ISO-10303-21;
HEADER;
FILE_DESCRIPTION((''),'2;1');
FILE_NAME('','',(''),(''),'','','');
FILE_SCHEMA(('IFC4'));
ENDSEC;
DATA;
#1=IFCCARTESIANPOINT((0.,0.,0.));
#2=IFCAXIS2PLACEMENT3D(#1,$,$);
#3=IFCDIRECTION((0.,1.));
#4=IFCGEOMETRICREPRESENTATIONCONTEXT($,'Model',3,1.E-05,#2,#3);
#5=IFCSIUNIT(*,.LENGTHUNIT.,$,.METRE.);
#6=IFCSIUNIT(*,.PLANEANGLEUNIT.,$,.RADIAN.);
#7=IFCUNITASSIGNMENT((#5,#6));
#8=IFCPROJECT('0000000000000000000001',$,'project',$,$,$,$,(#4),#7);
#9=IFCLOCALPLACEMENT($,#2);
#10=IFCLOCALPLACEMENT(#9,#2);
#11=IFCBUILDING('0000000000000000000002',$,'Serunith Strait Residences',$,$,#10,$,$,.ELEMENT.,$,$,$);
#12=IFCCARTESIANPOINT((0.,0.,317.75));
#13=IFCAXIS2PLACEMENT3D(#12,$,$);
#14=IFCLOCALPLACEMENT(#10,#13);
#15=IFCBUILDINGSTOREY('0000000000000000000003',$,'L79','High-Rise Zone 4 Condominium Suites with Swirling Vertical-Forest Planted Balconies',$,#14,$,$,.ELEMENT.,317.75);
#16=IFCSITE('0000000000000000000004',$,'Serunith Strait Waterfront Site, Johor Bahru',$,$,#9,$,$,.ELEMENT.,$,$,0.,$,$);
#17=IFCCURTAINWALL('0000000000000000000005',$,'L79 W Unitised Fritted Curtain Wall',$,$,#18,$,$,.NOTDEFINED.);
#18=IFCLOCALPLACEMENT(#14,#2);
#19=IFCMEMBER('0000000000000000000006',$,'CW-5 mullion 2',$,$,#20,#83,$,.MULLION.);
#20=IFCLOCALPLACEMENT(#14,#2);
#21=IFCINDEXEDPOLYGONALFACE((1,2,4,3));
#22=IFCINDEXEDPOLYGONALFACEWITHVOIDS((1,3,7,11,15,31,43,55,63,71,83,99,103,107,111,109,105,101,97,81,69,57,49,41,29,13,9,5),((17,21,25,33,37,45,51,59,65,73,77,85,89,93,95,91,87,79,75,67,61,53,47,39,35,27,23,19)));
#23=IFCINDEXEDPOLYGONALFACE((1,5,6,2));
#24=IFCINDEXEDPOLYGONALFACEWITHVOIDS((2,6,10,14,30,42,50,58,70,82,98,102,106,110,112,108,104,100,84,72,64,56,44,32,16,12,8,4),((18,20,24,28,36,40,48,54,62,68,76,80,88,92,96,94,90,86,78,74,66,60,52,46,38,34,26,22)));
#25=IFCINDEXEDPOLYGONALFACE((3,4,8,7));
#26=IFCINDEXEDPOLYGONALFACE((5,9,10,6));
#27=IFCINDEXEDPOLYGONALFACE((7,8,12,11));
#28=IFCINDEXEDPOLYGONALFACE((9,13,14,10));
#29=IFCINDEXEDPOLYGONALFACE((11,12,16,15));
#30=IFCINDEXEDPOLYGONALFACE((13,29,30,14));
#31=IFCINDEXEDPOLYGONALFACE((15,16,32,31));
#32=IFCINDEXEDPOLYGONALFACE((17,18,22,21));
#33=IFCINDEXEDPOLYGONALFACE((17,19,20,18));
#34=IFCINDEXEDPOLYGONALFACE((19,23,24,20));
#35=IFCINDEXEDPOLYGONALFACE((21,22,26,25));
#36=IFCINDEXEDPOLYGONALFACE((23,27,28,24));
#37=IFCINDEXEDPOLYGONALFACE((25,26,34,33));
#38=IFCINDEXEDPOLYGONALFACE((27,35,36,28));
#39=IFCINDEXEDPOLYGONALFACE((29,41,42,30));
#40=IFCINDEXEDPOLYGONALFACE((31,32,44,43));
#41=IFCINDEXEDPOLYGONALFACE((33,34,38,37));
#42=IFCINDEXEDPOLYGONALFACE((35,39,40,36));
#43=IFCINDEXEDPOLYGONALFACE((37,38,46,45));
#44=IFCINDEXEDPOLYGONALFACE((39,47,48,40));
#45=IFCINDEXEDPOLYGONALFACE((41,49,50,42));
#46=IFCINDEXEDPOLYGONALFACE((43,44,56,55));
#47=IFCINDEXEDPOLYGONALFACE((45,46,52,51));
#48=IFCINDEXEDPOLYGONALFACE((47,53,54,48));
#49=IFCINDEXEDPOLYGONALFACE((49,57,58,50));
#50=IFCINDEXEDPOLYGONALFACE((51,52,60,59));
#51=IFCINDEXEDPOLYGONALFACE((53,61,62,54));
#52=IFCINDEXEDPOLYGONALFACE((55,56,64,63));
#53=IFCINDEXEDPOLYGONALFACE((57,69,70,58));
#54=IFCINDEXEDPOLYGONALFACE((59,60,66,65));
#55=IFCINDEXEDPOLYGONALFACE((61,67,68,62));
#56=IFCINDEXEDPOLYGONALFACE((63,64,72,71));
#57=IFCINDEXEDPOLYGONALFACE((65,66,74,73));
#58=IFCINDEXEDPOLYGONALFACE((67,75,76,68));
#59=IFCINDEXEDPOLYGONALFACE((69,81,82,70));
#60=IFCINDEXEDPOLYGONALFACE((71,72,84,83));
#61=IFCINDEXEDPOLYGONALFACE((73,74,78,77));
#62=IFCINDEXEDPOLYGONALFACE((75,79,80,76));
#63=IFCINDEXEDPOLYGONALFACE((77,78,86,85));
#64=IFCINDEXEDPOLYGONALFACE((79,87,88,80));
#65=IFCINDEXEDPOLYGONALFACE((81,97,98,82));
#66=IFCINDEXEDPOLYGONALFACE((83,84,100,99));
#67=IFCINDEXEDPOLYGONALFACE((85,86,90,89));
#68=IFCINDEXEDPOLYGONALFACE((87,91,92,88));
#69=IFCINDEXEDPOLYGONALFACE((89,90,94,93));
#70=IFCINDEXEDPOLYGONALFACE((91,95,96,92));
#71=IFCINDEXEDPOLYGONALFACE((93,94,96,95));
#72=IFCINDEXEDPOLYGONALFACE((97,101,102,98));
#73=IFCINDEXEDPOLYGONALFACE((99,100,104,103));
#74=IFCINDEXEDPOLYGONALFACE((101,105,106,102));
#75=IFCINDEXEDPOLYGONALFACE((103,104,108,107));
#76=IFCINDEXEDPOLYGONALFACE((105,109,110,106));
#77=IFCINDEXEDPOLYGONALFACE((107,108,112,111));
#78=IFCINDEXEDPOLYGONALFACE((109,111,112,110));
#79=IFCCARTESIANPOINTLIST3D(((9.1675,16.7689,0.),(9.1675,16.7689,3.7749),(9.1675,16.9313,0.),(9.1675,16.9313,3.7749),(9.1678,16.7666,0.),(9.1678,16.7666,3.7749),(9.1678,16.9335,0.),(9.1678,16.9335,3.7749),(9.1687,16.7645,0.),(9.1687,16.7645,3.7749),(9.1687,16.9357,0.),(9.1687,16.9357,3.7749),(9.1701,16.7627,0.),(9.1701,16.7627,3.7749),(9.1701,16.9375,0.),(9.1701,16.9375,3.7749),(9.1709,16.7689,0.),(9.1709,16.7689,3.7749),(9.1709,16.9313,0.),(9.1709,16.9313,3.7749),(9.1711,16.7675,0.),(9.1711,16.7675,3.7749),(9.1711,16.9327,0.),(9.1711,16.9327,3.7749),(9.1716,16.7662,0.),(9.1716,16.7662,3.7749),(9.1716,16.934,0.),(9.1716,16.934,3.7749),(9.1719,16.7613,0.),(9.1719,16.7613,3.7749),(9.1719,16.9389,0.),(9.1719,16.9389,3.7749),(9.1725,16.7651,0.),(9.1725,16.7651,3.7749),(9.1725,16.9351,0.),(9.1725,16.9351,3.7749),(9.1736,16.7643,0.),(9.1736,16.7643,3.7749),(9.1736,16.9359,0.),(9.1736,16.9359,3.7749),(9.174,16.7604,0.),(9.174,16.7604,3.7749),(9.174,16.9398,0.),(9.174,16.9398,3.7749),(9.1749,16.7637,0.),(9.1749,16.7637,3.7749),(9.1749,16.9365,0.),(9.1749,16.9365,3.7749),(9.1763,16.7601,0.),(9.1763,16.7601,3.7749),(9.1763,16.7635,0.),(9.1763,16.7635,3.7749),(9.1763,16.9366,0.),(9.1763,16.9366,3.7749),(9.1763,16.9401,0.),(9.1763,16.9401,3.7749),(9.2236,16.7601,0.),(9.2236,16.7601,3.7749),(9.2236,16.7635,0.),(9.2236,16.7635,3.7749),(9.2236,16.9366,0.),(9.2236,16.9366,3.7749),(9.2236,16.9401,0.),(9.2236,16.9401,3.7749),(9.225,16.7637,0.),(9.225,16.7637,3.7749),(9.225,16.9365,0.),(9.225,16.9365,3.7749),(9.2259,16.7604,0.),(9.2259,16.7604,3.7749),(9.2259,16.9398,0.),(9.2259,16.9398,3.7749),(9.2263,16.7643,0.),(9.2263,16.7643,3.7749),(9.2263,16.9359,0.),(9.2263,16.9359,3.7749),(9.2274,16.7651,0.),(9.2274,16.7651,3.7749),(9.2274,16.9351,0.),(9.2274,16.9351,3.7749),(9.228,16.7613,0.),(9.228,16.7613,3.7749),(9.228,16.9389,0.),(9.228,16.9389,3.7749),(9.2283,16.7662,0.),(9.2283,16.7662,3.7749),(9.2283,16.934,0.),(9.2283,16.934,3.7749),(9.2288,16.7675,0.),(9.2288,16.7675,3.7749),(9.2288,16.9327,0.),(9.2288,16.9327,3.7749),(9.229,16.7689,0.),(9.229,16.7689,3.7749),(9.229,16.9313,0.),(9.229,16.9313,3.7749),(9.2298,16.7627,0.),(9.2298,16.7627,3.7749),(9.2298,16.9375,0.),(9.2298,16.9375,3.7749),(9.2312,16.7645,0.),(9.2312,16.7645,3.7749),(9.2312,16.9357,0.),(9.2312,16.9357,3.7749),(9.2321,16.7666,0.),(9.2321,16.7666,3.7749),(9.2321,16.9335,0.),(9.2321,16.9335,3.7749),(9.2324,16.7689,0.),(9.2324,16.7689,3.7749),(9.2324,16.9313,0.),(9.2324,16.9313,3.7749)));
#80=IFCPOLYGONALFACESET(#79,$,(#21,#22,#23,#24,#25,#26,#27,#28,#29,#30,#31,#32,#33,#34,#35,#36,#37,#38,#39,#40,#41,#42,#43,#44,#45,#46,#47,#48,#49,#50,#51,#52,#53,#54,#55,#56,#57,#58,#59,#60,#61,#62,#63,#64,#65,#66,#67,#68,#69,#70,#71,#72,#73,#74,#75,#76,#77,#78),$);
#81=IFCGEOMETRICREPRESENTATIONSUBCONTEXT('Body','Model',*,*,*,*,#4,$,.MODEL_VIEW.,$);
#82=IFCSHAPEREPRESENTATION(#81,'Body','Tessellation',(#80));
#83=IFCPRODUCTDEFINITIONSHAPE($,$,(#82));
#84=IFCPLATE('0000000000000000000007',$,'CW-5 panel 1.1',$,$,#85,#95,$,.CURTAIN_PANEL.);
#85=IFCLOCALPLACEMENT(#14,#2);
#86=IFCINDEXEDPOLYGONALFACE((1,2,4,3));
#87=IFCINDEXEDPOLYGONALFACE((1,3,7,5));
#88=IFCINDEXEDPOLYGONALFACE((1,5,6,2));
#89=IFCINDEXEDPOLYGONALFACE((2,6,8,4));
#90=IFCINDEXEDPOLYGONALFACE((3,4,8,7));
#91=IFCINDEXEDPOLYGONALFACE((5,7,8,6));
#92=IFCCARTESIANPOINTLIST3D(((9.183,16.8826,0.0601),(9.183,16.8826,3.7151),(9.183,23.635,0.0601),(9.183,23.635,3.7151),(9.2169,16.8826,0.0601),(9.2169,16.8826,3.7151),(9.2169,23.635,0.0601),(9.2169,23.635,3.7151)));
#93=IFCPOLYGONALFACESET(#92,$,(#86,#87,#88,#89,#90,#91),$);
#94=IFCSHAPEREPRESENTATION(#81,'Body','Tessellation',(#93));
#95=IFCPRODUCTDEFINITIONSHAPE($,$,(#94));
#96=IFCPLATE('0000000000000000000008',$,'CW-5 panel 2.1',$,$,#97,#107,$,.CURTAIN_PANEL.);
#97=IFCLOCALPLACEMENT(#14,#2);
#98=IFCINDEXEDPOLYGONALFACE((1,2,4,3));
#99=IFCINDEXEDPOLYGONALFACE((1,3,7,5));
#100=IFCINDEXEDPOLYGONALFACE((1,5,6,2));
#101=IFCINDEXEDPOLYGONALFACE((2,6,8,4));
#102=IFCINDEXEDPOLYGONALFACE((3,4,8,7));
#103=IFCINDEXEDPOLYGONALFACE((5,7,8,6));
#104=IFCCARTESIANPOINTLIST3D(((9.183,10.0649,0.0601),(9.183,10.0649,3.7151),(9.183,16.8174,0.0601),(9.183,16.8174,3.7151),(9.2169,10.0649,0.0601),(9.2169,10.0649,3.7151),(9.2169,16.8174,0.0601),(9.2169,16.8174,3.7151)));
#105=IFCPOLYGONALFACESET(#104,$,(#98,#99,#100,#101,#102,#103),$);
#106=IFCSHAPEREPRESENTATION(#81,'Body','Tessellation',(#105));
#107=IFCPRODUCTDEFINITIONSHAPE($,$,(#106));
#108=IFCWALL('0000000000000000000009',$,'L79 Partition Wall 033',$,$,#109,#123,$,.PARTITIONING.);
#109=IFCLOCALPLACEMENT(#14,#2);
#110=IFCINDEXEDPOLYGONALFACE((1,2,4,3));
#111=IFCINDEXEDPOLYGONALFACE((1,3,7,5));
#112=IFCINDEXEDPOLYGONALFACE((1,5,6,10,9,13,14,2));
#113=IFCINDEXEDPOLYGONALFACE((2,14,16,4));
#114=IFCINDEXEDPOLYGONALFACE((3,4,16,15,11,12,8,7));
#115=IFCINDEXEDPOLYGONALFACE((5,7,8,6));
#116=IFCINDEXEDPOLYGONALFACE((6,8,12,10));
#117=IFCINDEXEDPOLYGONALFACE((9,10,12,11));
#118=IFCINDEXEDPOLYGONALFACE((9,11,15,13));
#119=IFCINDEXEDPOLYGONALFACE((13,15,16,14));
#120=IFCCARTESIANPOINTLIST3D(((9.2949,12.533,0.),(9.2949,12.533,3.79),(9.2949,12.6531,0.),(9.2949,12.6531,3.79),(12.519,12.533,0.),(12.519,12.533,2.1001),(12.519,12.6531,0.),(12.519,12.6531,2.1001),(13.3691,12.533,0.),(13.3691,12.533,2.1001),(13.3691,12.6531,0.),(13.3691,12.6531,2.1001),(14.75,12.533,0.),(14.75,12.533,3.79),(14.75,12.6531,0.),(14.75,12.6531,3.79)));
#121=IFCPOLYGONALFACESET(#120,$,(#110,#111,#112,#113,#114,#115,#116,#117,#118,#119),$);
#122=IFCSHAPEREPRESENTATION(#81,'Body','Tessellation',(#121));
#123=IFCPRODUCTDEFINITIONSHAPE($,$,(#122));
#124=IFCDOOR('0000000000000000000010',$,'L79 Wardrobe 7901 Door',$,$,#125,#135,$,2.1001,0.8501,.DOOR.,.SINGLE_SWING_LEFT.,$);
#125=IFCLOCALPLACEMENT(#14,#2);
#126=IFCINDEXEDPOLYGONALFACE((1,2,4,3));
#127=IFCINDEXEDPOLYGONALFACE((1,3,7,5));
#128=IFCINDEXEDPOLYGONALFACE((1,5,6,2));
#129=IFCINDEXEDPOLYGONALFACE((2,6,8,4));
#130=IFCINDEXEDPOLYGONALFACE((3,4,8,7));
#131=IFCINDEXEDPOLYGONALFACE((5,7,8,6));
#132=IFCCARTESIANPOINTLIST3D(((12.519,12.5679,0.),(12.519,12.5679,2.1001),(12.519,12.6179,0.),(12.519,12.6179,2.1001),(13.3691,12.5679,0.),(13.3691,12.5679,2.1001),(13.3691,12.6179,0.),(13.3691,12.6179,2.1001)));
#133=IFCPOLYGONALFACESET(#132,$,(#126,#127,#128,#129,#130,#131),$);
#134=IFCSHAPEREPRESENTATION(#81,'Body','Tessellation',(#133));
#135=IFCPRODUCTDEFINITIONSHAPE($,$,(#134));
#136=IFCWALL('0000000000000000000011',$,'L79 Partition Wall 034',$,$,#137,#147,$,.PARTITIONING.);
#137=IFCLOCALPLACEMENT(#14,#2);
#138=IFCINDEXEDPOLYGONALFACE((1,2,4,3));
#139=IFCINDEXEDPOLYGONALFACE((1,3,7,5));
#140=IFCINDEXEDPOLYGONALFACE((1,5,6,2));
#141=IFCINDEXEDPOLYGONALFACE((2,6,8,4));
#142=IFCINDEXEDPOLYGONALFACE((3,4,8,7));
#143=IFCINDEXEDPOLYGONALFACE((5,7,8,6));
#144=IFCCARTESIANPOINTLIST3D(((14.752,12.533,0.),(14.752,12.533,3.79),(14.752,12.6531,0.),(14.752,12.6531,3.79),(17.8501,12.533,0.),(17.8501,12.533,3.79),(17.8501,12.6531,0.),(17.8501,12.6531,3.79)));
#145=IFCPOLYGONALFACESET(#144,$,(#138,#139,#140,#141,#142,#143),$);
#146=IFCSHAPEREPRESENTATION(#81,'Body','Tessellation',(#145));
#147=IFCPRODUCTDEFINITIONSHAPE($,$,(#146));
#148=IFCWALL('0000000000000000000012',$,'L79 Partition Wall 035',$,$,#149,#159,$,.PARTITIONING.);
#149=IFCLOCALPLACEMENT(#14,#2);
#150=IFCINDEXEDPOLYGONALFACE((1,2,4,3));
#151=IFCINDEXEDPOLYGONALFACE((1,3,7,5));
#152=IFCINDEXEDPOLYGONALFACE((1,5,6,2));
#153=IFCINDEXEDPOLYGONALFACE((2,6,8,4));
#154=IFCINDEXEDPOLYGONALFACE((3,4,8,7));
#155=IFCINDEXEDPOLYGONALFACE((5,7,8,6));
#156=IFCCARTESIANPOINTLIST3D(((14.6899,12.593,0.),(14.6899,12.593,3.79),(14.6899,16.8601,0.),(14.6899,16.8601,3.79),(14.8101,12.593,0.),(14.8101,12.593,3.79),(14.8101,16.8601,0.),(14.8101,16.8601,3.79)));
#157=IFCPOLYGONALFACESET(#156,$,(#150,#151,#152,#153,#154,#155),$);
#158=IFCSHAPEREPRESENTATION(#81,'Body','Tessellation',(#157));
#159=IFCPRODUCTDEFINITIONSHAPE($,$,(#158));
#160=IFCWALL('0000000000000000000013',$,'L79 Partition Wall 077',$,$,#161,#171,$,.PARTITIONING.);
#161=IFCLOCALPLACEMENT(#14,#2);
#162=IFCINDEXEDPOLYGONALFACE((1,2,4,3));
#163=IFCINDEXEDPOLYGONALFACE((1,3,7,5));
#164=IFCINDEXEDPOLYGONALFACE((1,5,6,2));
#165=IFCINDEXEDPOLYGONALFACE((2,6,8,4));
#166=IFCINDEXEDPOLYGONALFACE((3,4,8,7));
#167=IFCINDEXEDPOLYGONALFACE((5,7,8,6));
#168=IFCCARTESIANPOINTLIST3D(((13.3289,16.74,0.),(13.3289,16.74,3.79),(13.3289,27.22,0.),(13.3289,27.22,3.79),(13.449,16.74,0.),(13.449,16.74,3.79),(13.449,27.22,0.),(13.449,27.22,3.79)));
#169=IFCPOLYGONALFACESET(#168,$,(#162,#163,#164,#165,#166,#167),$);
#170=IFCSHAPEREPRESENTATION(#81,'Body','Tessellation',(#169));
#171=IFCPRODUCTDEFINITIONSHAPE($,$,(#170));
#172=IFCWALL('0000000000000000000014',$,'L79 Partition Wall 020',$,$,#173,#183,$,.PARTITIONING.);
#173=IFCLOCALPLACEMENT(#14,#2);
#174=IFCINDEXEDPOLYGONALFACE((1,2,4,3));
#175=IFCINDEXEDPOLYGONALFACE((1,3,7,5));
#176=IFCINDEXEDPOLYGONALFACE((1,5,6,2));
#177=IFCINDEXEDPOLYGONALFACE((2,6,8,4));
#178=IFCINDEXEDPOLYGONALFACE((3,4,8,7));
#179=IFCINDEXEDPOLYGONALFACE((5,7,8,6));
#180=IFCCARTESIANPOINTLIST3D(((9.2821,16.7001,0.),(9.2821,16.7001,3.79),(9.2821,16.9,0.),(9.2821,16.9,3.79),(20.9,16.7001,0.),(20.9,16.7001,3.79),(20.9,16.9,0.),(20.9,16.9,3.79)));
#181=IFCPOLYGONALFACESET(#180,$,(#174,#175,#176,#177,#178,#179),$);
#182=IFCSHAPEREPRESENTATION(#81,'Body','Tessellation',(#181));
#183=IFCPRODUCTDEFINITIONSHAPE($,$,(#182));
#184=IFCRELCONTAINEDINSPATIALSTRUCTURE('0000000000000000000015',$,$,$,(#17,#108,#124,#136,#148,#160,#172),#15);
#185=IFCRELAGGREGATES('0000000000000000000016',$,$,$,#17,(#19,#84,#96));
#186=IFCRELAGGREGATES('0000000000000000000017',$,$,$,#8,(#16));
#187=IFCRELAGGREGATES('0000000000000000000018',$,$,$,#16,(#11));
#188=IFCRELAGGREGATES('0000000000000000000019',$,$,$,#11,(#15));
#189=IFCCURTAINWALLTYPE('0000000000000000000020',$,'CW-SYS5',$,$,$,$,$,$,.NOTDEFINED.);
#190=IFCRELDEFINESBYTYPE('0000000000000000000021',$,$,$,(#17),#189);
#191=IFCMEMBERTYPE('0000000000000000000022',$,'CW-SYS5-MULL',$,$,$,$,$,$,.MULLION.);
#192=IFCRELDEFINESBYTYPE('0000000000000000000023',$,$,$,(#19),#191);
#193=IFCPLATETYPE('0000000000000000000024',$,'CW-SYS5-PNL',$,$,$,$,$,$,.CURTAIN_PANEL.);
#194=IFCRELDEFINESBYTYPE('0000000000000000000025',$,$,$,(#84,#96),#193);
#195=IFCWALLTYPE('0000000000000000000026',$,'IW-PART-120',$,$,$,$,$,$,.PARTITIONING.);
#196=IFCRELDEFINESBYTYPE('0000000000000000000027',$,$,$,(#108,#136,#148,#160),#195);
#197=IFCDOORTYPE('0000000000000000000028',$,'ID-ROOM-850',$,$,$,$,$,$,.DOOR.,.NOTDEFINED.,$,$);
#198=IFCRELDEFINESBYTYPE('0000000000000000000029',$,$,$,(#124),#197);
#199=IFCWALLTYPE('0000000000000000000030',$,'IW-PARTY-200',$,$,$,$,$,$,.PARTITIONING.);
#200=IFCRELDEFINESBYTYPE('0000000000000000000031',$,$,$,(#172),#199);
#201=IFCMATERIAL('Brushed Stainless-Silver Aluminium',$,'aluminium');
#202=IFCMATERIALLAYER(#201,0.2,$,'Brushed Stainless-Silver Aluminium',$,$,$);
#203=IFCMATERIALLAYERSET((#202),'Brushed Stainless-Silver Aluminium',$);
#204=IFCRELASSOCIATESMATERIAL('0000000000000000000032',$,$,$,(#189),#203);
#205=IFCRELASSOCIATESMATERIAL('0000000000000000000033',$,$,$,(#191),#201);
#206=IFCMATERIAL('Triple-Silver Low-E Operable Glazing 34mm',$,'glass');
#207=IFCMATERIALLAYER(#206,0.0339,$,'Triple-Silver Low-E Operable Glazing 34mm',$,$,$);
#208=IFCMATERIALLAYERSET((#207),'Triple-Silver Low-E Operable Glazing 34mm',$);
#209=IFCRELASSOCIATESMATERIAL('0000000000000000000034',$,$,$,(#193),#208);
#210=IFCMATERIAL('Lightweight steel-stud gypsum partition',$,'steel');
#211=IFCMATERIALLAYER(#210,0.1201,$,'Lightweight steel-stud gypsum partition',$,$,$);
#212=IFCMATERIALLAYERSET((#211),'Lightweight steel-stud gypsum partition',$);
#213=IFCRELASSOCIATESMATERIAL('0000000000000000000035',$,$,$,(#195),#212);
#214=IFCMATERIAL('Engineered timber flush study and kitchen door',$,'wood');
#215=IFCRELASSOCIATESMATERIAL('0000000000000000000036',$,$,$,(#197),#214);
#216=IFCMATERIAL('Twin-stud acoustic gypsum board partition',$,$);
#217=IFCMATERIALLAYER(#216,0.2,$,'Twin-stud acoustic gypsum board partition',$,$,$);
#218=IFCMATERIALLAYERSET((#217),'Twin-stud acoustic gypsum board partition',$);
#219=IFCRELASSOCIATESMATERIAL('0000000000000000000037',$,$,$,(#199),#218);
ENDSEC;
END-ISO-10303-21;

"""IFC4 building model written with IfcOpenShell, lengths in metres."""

from ifc_helpers import new_model, si_unit, direction, frame, frame_2d, origin, origin_2d, place, context, subcontext, project, spatial, rectangle, hollow_rectangle, extrude, source, transform, mapped, material, layer, layer_set, material_profile, profile_set, type_object, element, fill, aggregate, save


model = new_model("IFC4")

# Units and contexts
model_context = context("Model", 3, precision=1e-05, world=origin(), true_north=direction((0.0, 1.0)))
body_context = subcontext(model_context, "Body", "Model", "MODEL_VIEW")
ifc_project = project(units=[si_unit("LENGTHUNIT", "METRE"), si_unit("PLANEANGLEUNIT", "RADIAN")], contexts=[model_context])

# Site, building, storey
site_placement = place(None, origin())
site = spatial("IfcSite", under=ifc_project, at=site_placement, Name="Serunith Strait Waterfront Site, Johor Bahru", CompositionType="ELEMENT", RefElevation=0.0)
building_placement = place(site_placement, origin())
building = spatial("IfcBuilding", under=site, at=building_placement, Name="Serunith Strait Residences", CompositionType="ELEMENT")
storey_placement = place(building_placement, frame((0.0, 0.0, 317.75)))
storey = spatial("IfcBuildingStorey", under=building, at=storey_placement, Name="L79", Description="High-Rise Zone 4 Condominium Suites with Swirling Vertical-Forest Planted Balconies", CompositionType="ELEMENT", Elevation=317.75)

# Curtain wall, member, plates
ifc_material_1 = material(Name="Brushed Stainless-Silver Aluminium", Category="aluminium")
ifc_layer_1 = layer(ifc_material_1, 0.2, Name="Brushed Stainless-Silver Aluminium")
ifc_layer_set_1 = layer_set([ifc_layer_1], Name="Brushed Stainless-Silver Aluminium")
curtain_wall_type = type_object("IfcCurtainWallType", Name="CW-SYS5", PredefinedType="NOTDEFINED", material=ifc_layer_set_1)
curtain_wall_placement = place(storey_placement, origin())
curtain_wall = element("IfcCurtainWall", 1, at=curtain_wall_placement, inside=storey, type_object=curtain_wall_type, Name="L79 W Unitised Fritted Curtain Wall", PredefinedType="NOTDEFINED")
ifc_material_profile_1 = material_profile(ifc_material_1, hollow_rectangle(XDim=0.0649, YDim=0.1799, WallThickness=0.0034, InnerFilletRadius=0.0054, OuterFilletRadius=0.0088, at=origin_2d()), Name="ALU 180x65x3.5")
ifc_profile_set_1 = profile_set([ifc_material_profile_1], Name="Brushed Stainless-Silver Aluminium")
member_type_1 = type_object("IfcMemberType", Name="CW-SYS5-MULL", PredefinedType="MULLION", material=ifc_profile_set_1)
shared_shape_1 = source(origin(), body_context, "Body", "SweptSolid", [
    extrude(hollow_rectangle(XDim=0.0649, YDim=0.1799, WallThickness=0.0034, InnerFilletRadius=0.0054, OuterFilletRadius=0.0088, at=origin_2d()), origin(), (0.0, 0.0, 1.0), 3.7749),
])
member_1_placement = place(storey_placement, frame((9.2, 16.8501, 0.0), z_axis=(0.0, 0.0, 1.0), x_axis=(1.0, 0.0, 0.0)))
member_1 = element("IfcMember", 2, at=member_1_placement, type_object=member_type_1, Name="CW-5 mullion 2", PredefinedType="MULLION", context=body_context, shape_type="MappedRepresentation", body=[
    mapped(shared_shape_1, transform((0.0, 0.0, 0.0), scale=1.0)),
])
ifc_material_2 = material(Name="Triple-Silver Low-E Operable Glazing 34mm", Category="glass")
ifc_layer_2 = layer(ifc_material_2, 0.0339, Name="Triple-Silver Low-E Operable Glazing 34mm")
ifc_layer_set_2 = layer_set([ifc_layer_2], Name="Triple-Silver Low-E Operable Glazing 34mm")
plate_type = type_object("IfcPlateType", Name="CW-SYS5-PNL", PredefinedType="CURTAIN_PANEL", material=ifc_layer_set_2)
shared_shape_2 = source(origin(), body_context, "Body", "SweptSolid", [
    extrude(rectangle(XDim=6.7524, YDim=0.0339, at=origin_2d()), origin(), (0.0, 0.0, 1.0), 3.655),
])
plate_1_placement = place(storey_placement, frame((9.2, 20.2588, 0.0601), z_axis=(0.0, 0.0, 1.0), x_axis=(0.0, -1.0, 0.0)))
plate_1 = element("IfcPlate", 3, at=plate_1_placement, type_object=plate_type, Name="CW-5 panel 1.1", PredefinedType="CURTAIN_PANEL", context=body_context, shape_type="MappedRepresentation", body=[
    mapped(shared_shape_2, transform((0.0, 0.0, 0.0), scale=1.0)),
])
plate_2_placement = place(storey_placement, frame((9.2, 13.4412, 0.0601), z_axis=(0.0, 0.0, 1.0), x_axis=(0.0, -1.0, 0.0)))
plate_2 = element("IfcPlate", 4, at=plate_2_placement, type_object=plate_type, Name="CW-5 panel 2.1", PredefinedType="CURTAIN_PANEL", context=body_context, shape_type="MappedRepresentation", body=[
    mapped(shared_shape_2, transform((0.0, 0.0, 0.0), scale=1.0)),
])
aggregate(curtain_wall, [member_1, plate_1, plate_2])

# Wall, opening, door
ifc_material_3 = material(Name="Lightweight steel-stud gypsum partition", Category="steel")
ifc_layer_3 = layer(ifc_material_3, 0.1201, Name="Lightweight steel-stud gypsum partition")
ifc_layer_set_3 = layer_set([ifc_layer_3], Name="Lightweight steel-stud gypsum partition")
wall_type_1 = type_object("IfcWallType", Name="IW-PART-120", PredefinedType="PARTITIONING", material=ifc_layer_set_3)
wall_1_placement = place(storey_placement, frame((9.2949, 12.593, 0.0), z_axis=(0.0, 0.0, 1.0), x_axis=(1.0, 0.0, 0.0)))
wall_1 = element("IfcWall", 5, at=wall_1_placement, inside=storey, type_object=wall_type_1, Name="L79 Partition Wall 033", PredefinedType="PARTITIONING", context=body_context, shape_type="SweptSolid", body=[
    extrude(rectangle(XDim=5.4551, YDim=0.1201, at=frame_2d((2.7275, 0.0))), origin(), (0.0, 0.0, 1.0), 3.79),
])
opening_placement = place(wall_1_placement, frame((3.2241, 0.0, 0.0)))
opening = element("IfcOpeningElement", 6, at=opening_placement, cuts=wall_1, PredefinedType="OPENING", context=body_context, shape_type="SweptSolid", body=[
    extrude(rectangle(XDim=0.8501, YDim=2.1001, at=frame_2d((0.425, 1.05))), frame((0.0, 0.0701, 0.0), z_axis=(0.0, -1.0, 0.0), x_axis=(1.0, 0.0, 0.0)), (0.0, 0.0, 1.0), 0.1401),
])
ifc_material_4 = material(Name="Engineered timber flush study and kitchen door", Category="wood")
door_type = type_object("IfcDoorType", Name="ID-ROOM-850", OperationType="NOTDEFINED", PredefinedType="DOOR", material=ifc_material_4)
shared_shape_3 = source(origin(), body_context, "Body", "SweptSolid", [
    extrude(rectangle(XDim=0.8501, YDim=2.1001, at=frame_2d((0.425, 1.05))), frame((0.0, 0.0249, 0.0), z_axis=(0.0, -1.0, 0.0), x_axis=(1.0, 0.0, 0.0)), (0.0, 0.0, 1.0), 0.05),
])
door_placement = place(opening_placement, origin())
door = element("IfcDoor", 7, at=door_placement, inside=storey, type_object=door_type, Name="L79 Wardrobe 7901 Door", OperationType="SINGLE_SWING_LEFT", OverallHeight=2.1001, OverallWidth=0.8501, PredefinedType="DOOR", context=body_context, shape_type="MappedRepresentation", body=[
    mapped(shared_shape_3, transform((0.0, 0.0, 0.0), scale=1.0)),
])
fill(opening, door)

# Walls
wall_2_placement = place(storey_placement, frame((14.752, 12.593, 0.0), z_axis=(0.0, 0.0, 1.0), x_axis=(1.0, 0.0, 0.0)))
element("IfcWall", 8, at=wall_2_placement, inside=storey, type_object=wall_type_1, Name="L79 Partition Wall 034", PredefinedType="PARTITIONING", context=body_context, shape_type="SweptSolid", body=[
    extrude(rectangle(XDim=3.0981, YDim=0.1201, at=frame_2d((1.5491, 0.0))), origin(), (0.0, 0.0, 1.0), 3.79),
])
wall_3_placement = place(storey_placement, frame((14.75, 12.593, 0.0), z_axis=(0.0, 0.0, 1.0), x_axis=(0.0, 1.0, 0.0)))
element("IfcWall", 9, at=wall_3_placement, inside=storey, type_object=wall_type_1, Name="L79 Partition Wall 035", PredefinedType="PARTITIONING", context=body_context, shape_type="SweptSolid", body=[
    extrude(rectangle(XDim=4.2671, YDim=0.1201, at=frame_2d((2.1335, 0.0))), origin(), (0.0, 0.0, 1.0), 3.79),
])
wall_4_placement = place(storey_placement, frame((13.3889, 16.74, 0.0), z_axis=(0.0, 0.0, 1.0), x_axis=(0.0, 1.0, 0.0)))
element("IfcWall", 10, at=wall_4_placement, inside=storey, type_object=wall_type_1, Name="L79 Partition Wall 077", PredefinedType="PARTITIONING", context=body_context, shape_type="SweptSolid", body=[
    extrude(rectangle(XDim=10.48, YDim=0.1201, at=frame_2d((5.24, 0.0))), origin(), (0.0, 0.0, 1.0), 3.79),
])
ifc_material_5 = material(Name="Twin-stud acoustic gypsum board partition")
ifc_layer_4 = layer(ifc_material_5, 0.2, Name="Twin-stud acoustic gypsum board partition")
ifc_layer_set_4 = layer_set([ifc_layer_4], Name="Twin-stud acoustic gypsum board partition")
wall_type_2 = type_object("IfcWallType", Name="IW-PARTY-200", PredefinedType="PARTITIONING", material=ifc_layer_set_4)
wall_5_placement = place(storey_placement, frame((9.282, 16.8, 0.0), z_axis=(0.0, 0.0, 1.0), x_axis=(1.0, 0.0, 0.0)))
element("IfcWall", 11, at=wall_5_placement, inside=storey, type_object=wall_type_2, Name="L79 Partition Wall 020", PredefinedType="PARTITIONING", context=body_context, shape_type="SweptSolid", body=[
    extrude(rectangle(XDim=11.6179, YDim=0.2, at=frame_2d((5.8091, 0.0))), origin(), (0.0, 0.0, 1.0), 3.79),
])

save(model, "model.ifc")
